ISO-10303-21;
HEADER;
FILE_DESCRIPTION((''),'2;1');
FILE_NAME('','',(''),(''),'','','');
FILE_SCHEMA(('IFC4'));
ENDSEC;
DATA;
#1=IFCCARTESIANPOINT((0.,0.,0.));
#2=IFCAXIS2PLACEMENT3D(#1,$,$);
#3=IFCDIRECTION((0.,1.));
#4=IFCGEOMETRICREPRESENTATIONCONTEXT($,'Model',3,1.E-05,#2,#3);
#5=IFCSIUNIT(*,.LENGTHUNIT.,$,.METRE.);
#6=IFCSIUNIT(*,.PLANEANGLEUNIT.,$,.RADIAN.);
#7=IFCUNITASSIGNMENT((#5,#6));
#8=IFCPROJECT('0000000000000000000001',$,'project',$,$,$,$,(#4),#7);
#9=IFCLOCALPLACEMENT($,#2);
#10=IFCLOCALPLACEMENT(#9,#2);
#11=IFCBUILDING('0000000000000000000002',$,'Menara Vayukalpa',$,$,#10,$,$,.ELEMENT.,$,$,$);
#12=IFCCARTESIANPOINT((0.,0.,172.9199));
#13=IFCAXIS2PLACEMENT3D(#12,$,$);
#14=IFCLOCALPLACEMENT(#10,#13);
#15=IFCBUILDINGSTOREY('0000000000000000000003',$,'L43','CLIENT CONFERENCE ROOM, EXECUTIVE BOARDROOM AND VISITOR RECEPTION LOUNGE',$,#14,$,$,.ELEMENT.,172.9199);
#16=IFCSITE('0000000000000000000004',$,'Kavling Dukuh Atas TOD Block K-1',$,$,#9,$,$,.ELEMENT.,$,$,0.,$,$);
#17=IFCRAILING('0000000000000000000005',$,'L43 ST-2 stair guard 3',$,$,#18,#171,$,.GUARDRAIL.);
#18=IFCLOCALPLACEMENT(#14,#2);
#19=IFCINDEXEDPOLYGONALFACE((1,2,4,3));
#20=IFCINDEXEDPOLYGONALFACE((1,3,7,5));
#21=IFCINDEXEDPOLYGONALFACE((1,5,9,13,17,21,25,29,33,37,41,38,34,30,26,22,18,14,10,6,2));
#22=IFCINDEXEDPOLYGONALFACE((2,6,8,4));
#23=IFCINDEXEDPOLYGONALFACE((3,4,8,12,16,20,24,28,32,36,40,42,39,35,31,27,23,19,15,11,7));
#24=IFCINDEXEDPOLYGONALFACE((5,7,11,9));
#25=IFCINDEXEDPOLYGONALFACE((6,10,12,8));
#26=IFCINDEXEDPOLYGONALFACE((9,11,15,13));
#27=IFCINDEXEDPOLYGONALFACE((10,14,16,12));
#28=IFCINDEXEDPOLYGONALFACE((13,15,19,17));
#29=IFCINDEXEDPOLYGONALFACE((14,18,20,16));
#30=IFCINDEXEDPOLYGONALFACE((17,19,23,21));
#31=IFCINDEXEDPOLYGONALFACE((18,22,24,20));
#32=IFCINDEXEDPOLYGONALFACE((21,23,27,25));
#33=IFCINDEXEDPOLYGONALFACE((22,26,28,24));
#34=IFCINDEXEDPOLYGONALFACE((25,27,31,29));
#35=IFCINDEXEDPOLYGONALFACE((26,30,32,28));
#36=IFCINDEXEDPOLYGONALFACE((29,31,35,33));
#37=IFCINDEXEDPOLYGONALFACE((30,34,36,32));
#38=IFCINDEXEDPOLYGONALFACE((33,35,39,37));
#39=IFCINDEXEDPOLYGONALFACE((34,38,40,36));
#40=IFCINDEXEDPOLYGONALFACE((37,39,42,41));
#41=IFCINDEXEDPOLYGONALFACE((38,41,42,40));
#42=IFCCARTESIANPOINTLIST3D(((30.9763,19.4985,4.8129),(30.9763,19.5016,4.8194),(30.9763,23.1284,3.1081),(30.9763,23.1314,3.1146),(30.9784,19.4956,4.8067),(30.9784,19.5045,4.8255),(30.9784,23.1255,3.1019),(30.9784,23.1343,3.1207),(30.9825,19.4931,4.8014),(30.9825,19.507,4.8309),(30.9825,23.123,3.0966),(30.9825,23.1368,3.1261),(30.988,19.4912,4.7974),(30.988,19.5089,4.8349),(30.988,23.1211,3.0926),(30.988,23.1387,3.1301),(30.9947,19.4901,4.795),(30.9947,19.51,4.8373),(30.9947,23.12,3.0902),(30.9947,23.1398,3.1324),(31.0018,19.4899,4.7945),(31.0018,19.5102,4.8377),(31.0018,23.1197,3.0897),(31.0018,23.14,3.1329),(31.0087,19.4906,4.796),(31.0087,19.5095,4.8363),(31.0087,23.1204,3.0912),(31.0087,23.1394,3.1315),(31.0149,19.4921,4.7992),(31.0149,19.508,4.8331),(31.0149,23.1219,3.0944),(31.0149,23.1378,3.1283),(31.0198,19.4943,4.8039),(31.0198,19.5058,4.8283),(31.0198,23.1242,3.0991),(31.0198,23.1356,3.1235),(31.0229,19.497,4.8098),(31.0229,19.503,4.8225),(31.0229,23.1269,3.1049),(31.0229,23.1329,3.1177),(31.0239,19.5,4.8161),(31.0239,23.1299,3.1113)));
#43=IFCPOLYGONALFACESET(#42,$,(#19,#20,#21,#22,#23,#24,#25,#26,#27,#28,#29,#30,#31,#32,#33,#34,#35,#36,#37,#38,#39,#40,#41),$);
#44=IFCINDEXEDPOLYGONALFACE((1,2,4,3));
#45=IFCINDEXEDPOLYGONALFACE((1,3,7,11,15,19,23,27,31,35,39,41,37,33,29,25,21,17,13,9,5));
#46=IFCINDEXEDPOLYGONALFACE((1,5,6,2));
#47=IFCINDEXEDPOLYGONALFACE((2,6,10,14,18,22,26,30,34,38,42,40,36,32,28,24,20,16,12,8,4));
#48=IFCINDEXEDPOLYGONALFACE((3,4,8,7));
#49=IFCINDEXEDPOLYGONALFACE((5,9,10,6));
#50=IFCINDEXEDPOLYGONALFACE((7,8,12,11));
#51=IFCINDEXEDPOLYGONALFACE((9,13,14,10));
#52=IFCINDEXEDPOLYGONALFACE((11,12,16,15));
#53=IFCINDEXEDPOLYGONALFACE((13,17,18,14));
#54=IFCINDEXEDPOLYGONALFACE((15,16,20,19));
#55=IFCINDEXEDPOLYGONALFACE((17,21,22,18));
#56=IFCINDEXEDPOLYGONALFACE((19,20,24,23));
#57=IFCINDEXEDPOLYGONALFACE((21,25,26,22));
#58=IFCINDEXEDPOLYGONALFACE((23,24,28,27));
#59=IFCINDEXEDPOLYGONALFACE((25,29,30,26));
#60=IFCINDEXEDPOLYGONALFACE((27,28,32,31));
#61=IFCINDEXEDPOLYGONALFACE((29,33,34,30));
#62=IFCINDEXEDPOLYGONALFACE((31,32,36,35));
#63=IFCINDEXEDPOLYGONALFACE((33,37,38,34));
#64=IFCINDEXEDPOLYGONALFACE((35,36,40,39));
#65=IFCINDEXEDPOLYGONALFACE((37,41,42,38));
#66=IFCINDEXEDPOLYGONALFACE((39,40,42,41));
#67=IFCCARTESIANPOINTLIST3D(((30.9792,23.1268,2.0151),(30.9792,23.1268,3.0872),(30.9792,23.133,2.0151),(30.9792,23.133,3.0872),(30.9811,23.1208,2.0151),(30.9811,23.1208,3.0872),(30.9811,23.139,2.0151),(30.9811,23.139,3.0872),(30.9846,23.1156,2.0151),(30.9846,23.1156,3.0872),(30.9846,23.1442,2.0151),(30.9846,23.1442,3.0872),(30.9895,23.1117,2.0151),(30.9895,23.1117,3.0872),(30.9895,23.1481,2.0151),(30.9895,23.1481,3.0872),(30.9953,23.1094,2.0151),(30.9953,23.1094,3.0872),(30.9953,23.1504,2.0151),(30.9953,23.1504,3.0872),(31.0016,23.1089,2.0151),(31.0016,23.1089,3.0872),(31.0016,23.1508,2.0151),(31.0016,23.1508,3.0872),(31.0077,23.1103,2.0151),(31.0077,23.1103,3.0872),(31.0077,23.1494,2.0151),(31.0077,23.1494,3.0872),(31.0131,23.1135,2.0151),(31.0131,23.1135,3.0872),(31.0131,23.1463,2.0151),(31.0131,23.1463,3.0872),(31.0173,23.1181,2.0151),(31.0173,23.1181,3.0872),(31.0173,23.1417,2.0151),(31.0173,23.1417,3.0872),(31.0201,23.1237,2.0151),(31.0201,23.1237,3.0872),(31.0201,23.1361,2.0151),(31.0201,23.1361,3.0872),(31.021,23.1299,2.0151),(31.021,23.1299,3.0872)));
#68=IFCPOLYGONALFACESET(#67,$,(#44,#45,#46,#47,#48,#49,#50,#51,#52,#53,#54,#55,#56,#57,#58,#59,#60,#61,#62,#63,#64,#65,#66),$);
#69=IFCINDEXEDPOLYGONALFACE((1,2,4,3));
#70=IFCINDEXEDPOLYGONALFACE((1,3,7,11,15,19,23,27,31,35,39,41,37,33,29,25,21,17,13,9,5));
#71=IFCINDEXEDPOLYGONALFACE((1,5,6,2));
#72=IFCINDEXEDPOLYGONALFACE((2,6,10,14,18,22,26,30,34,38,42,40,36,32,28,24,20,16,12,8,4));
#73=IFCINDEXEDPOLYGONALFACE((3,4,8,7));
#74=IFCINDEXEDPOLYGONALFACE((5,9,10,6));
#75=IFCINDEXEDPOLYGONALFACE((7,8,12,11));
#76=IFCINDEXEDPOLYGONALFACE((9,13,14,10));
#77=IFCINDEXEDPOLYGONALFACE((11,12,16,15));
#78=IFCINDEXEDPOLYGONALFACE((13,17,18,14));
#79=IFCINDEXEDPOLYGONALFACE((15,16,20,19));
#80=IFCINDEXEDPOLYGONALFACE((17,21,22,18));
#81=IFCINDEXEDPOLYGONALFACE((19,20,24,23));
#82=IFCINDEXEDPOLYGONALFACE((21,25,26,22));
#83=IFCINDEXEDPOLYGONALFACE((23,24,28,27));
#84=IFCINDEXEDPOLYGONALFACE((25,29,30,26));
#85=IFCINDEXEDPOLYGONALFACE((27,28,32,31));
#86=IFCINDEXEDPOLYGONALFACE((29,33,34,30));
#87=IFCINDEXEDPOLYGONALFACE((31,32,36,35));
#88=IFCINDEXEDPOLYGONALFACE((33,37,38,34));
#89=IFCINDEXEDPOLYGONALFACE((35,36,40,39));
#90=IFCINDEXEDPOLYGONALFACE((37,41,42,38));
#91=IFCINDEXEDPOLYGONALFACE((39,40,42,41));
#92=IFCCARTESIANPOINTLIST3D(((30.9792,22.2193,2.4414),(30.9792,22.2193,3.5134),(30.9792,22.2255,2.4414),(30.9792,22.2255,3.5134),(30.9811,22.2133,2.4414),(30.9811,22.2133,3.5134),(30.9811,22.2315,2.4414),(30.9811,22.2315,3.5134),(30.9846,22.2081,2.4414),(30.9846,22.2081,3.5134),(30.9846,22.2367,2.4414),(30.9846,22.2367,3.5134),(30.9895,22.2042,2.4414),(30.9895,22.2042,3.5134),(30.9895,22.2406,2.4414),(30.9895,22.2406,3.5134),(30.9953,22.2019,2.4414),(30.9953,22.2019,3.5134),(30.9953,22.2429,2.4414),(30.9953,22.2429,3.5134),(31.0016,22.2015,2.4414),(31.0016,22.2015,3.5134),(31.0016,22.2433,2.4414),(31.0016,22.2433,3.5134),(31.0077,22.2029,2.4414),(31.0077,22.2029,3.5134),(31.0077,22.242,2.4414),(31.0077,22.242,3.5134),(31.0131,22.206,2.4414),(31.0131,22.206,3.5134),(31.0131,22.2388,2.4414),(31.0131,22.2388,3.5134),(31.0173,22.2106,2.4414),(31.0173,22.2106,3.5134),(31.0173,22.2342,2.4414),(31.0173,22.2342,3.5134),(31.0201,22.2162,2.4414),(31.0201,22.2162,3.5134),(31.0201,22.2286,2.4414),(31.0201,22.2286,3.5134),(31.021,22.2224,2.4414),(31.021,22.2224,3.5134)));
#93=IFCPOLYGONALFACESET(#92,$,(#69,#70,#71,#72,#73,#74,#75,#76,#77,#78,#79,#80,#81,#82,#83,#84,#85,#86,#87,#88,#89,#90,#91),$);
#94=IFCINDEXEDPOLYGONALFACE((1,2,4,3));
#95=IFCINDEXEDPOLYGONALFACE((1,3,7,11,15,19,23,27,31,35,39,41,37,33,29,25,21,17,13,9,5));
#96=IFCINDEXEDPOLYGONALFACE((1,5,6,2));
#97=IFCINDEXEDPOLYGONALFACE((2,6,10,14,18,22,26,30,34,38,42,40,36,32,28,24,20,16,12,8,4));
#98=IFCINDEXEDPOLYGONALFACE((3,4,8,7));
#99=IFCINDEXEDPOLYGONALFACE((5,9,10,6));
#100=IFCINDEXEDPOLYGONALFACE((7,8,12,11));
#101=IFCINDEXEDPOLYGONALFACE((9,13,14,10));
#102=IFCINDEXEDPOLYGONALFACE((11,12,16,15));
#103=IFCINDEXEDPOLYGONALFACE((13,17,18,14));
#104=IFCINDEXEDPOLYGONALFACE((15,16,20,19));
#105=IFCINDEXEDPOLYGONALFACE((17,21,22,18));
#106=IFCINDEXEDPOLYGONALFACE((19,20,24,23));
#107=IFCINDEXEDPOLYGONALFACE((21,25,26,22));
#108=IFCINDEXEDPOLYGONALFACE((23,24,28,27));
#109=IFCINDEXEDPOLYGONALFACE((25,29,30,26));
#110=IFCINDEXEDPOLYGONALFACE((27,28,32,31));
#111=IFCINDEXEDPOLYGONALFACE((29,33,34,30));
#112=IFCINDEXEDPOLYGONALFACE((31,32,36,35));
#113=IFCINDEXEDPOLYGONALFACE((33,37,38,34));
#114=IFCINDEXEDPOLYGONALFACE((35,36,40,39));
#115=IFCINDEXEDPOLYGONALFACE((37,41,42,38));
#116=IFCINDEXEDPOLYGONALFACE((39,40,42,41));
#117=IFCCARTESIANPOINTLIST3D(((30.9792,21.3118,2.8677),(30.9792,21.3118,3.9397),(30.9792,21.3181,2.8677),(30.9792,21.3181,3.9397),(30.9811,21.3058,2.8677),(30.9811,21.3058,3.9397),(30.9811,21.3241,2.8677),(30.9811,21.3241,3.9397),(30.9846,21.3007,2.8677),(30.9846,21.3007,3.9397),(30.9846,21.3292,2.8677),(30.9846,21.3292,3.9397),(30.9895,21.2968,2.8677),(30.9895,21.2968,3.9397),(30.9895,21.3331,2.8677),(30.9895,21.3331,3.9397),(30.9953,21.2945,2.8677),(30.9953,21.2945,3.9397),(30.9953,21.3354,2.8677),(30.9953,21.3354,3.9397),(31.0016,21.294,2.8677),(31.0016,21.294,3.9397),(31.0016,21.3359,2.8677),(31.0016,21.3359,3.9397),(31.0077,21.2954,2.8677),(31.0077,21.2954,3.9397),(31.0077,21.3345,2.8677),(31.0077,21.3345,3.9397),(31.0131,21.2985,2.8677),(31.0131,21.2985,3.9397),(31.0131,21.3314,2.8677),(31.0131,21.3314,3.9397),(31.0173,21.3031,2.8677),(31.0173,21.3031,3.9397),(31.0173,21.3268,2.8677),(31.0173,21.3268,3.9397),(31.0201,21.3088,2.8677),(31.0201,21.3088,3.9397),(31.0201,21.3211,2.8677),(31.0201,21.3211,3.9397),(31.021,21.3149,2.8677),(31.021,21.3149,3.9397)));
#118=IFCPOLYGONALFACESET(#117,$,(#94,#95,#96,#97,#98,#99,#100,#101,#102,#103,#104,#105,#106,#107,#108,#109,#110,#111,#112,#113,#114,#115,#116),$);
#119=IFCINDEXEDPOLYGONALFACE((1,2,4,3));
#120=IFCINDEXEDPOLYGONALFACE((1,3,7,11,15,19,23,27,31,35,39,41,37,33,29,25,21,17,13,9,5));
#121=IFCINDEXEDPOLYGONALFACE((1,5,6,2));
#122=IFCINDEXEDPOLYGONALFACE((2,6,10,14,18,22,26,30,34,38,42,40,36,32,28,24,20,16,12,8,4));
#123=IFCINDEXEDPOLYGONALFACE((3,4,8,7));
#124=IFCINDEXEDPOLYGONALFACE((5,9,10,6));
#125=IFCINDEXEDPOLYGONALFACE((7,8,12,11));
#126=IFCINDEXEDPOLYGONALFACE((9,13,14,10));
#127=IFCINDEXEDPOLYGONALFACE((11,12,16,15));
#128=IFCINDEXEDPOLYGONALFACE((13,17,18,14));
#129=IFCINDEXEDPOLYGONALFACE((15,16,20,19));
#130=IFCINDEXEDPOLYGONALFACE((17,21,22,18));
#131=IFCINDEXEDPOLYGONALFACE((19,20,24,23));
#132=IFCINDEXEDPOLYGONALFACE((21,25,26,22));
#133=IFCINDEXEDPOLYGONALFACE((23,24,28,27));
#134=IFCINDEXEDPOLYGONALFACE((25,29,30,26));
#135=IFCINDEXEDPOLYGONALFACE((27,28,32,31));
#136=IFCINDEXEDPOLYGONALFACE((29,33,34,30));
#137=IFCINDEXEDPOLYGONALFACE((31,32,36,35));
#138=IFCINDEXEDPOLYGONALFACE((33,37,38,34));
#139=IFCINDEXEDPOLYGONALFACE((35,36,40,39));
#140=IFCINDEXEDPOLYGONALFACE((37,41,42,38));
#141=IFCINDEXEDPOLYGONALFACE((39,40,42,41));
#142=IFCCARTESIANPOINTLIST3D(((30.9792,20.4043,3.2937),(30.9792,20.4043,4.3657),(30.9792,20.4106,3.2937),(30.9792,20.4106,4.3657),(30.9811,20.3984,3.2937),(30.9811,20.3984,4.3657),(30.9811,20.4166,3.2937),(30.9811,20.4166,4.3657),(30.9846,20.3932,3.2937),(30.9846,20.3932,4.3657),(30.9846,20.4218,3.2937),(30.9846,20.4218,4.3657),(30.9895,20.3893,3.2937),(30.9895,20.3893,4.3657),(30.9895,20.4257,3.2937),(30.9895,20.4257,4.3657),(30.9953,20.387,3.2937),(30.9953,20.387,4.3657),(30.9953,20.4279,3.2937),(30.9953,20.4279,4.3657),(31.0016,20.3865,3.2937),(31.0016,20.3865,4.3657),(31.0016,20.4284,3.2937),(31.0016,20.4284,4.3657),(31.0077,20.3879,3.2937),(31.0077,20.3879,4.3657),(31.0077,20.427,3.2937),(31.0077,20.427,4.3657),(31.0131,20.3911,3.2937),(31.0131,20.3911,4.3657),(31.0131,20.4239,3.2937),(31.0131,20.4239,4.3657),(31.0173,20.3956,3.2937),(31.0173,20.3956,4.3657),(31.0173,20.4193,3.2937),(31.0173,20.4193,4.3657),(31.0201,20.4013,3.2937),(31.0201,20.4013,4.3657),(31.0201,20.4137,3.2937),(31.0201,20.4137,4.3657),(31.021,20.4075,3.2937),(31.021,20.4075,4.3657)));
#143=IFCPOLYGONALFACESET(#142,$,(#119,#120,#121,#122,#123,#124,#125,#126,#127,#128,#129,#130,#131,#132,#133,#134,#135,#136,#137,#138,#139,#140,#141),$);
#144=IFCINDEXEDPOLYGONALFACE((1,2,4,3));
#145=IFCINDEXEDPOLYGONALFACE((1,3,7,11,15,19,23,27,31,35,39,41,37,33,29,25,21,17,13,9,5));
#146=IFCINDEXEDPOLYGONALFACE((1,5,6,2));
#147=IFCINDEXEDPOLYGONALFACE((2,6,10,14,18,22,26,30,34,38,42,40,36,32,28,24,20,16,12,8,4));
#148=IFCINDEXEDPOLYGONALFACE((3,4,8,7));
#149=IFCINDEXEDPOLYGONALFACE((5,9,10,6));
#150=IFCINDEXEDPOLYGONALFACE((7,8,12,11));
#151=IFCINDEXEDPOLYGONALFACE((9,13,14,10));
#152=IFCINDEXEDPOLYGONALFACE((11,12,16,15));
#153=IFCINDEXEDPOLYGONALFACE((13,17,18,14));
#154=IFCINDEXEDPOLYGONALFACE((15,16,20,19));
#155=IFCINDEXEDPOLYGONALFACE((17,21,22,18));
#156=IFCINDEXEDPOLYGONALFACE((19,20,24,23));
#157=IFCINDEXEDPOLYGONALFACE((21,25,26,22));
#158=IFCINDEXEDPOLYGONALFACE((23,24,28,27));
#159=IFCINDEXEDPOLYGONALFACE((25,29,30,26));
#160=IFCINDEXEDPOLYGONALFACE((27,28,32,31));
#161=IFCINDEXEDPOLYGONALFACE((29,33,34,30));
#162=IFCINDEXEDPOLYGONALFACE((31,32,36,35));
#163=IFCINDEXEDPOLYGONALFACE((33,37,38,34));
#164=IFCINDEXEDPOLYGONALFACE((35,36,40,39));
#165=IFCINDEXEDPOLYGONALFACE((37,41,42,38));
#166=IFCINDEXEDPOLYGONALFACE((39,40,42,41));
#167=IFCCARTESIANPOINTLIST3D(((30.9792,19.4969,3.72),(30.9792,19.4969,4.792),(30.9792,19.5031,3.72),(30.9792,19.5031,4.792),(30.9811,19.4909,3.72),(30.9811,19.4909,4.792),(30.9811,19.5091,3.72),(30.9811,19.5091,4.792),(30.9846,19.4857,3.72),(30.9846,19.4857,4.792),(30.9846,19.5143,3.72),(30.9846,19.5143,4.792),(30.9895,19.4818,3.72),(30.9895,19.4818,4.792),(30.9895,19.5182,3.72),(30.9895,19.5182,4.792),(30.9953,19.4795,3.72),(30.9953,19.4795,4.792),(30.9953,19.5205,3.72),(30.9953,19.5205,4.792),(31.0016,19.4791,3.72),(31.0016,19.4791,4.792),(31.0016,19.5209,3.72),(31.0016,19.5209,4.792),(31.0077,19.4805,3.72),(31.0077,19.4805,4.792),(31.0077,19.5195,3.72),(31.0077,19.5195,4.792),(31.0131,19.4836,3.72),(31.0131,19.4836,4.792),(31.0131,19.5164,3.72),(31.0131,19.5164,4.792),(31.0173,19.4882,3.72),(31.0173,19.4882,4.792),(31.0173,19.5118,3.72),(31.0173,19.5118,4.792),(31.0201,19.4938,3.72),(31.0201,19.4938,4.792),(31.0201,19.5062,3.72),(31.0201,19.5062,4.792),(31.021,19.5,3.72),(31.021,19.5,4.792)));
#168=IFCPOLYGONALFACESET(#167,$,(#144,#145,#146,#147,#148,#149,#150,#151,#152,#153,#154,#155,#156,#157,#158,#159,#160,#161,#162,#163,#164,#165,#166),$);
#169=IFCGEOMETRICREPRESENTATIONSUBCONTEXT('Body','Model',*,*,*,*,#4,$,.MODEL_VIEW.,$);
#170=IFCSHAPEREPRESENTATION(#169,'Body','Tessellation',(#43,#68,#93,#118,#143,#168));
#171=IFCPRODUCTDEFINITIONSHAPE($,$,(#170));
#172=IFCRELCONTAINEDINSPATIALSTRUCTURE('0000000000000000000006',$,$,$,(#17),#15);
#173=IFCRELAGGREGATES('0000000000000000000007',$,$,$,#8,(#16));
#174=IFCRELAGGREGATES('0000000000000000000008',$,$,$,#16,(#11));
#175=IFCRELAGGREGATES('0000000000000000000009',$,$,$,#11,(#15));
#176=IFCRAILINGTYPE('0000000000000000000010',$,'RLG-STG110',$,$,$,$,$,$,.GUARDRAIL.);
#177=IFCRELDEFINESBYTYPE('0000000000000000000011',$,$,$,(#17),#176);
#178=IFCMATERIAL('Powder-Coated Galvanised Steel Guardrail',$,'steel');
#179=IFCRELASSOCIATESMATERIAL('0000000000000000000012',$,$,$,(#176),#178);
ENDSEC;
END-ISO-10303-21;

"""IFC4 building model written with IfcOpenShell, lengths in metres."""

from ifc_helpers import new_model, si_unit, direction, frame, origin, origin_2d, place, context, subcontext, project, spatial, circle, extrude, material, type_object, element, save


model = new_model("IFC4")

# Units and contexts
model_context = context("Model", 3, precision=1e-05, world=origin(), true_north=direction((0.0, 1.0)))
body_context = subcontext(model_context, "Body", "Model", "MODEL_VIEW")
ifc_project = project(units=[si_unit("LENGTHUNIT", "METRE"), si_unit("PLANEANGLEUNIT", "RADIAN")], contexts=[model_context])

# Site, building, storey
site_placement = place(None, origin())
site = spatial("IfcSite", under=ifc_project, at=site_placement, Name="Kavling Dukuh Atas TOD Block K-1", CompositionType="ELEMENT", RefElevation=0.0)
building_placement = place(site_placement, origin())
building = spatial("IfcBuilding", under=site, at=building_placement, Name="Menara Vayukalpa", CompositionType="ELEMENT")
storey_placement = place(building_placement, frame((0.0, 0.0, 172.9199)))
storey = spatial("IfcBuildingStorey", under=building, at=storey_placement, Name="L43", Description="CLIENT CONFERENCE ROOM, EXECUTIVE BOARDROOM AND VISITOR RECEPTION LOUNGE", CompositionType="ELEMENT", Elevation=172.9199)

# Railing
ifc_material_1 = material(Name="Powder-Coated Galvanised Steel Guardrail", Category="steel")
railing_type_1 = type_object("IfcRailingType", Name="RLG-STG110", PredefinedType="GUARDRAIL", material=ifc_material_1)
railing_1_placement = place(storey_placement, frame((31.0, 23.1299, 2.0151)))
element("IfcRailing", 1, at=railing_1_placement, inside=storey, type_object=railing_type_1, Name="L43 ST-2 stair guard 3", PredefinedType="GUARDRAIL", context=body_context, shape_type="SweptSolid", body=[
    extrude(circle(Radius=0.0239, at=origin_2d()), frame((0.0, 0.0, 1.0962), z_axis=(0.0, -0.90514, 0.425114), x_axis=(1.0, 0.0, 0.0)), (0.0, 0.0, 1.0), 4.0103),
    extrude(circle(Radius=0.021, at=origin_2d()), origin(), (0.0, 0.0, 1.0), 1.072),
    extrude(circle(Radius=0.021, at=origin_2d()), frame((0.0, -0.9075, 0.4263)), (0.0, 0.0, 1.0), 1.072),
    extrude(circle(Radius=0.021, at=origin_2d()), frame((0.0, -1.8149, 0.8525)), (0.0, 0.0, 1.0), 1.072),
    extrude(circle(Radius=0.021, at=origin_2d()), frame((0.0, -2.7224, 1.2786)), (0.0, 0.0, 1.0), 1.072),
    extrude(circle(Radius=0.021, at=origin_2d()), frame((0.0, -3.6299, 1.7048)), (0.0, 0.0, 1.0), 1.072),
])

save(model, "model.ifc")
